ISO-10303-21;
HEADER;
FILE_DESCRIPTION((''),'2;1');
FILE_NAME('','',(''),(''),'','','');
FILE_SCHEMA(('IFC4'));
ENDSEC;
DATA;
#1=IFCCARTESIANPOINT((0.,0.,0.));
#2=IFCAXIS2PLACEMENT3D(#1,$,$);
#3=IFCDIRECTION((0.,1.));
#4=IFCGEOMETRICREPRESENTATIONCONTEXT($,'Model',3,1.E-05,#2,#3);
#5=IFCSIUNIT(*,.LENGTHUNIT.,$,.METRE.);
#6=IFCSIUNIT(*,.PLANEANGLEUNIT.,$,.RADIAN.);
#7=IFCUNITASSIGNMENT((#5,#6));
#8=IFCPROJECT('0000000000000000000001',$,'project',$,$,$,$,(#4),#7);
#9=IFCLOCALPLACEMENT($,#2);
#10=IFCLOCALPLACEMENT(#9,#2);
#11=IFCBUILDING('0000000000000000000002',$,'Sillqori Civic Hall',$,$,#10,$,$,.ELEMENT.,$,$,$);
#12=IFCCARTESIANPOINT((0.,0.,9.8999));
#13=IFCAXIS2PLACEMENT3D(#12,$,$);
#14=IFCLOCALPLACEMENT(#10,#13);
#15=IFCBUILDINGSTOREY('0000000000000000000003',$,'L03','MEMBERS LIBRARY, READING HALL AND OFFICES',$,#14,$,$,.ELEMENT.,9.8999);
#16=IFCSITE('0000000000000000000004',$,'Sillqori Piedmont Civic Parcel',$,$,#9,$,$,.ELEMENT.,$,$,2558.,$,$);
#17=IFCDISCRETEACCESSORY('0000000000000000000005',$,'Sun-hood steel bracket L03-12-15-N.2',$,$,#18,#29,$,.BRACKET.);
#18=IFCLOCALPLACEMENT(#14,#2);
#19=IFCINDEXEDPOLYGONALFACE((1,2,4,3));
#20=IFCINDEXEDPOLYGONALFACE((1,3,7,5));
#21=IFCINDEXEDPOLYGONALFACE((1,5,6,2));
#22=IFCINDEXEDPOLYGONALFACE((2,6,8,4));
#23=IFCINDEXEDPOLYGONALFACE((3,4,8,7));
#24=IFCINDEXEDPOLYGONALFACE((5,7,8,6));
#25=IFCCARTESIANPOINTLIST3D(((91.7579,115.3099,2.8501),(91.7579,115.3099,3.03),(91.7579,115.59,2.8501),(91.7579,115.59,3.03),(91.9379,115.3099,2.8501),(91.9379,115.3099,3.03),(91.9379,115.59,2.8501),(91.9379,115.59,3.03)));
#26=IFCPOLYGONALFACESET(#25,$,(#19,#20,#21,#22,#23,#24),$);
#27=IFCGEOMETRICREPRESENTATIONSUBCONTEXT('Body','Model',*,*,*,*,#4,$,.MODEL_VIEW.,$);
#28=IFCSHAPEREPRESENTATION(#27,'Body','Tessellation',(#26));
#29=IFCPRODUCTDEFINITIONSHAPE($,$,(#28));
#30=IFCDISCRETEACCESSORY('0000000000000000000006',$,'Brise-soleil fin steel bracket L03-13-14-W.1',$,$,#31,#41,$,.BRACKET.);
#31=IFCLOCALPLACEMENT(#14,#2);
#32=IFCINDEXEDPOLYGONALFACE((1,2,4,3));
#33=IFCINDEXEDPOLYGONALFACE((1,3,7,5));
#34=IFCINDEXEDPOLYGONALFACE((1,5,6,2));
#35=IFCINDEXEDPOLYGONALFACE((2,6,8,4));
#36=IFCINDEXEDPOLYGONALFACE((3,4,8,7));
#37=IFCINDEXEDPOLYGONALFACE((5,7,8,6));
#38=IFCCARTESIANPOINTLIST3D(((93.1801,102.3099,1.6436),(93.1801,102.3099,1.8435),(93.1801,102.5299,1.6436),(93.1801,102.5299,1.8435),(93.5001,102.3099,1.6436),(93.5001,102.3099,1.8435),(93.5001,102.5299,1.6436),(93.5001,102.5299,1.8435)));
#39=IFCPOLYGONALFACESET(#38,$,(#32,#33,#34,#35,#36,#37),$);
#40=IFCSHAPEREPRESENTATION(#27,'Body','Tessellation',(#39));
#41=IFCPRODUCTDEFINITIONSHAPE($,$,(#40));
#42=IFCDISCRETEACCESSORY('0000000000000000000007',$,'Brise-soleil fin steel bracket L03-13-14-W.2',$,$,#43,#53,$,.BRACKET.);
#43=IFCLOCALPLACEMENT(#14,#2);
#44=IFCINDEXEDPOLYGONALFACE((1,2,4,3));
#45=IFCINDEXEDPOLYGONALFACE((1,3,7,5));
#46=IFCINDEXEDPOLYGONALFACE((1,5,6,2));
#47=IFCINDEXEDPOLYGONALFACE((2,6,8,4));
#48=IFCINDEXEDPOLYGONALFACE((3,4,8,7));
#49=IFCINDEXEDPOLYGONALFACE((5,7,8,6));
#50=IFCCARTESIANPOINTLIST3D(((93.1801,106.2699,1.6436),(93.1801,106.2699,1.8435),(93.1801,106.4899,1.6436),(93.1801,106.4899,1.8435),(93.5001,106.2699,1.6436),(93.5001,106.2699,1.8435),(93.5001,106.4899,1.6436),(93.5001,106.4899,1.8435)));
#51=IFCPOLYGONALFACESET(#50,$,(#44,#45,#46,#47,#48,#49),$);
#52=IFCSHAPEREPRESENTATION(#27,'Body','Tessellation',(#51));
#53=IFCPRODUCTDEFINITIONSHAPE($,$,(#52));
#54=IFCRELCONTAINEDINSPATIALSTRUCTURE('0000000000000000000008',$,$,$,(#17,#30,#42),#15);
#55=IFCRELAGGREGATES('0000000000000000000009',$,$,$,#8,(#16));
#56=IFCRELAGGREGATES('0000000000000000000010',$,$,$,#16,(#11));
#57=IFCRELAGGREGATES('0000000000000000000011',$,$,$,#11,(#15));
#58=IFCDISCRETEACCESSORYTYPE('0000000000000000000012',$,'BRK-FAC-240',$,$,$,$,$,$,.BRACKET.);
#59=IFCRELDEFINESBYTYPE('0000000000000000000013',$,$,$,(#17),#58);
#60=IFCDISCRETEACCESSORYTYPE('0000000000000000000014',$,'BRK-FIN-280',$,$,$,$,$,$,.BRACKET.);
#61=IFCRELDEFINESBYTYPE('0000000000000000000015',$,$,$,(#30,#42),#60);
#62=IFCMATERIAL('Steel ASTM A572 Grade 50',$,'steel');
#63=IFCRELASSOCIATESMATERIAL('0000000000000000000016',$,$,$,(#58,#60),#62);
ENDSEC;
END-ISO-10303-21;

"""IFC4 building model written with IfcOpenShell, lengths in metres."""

from ifc_helpers import new_model, si_unit, direction, frame, origin, origin_2d, place, context, subcontext, project, spatial, rectangle, extrude, material, type_object, element, save


model = new_model("IFC4")

# Units and contexts
model_context = context("Model", 3, precision=1e-05, world=origin(), true_north=direction((0.0, 1.0)))
body_context = subcontext(model_context, "Body", "Model", "MODEL_VIEW")
ifc_project = project(units=[si_unit("LENGTHUNIT", "METRE"), si_unit("PLANEANGLEUNIT", "RADIAN")], contexts=[model_context])

# Site, building, storey
site_placement = place(None, origin())
site = spatial("IfcSite", under=ifc_project, at=site_placement, Name="Sillqori Piedmont Civic Parcel", CompositionType="ELEMENT", RefElevation=2558.0)
building_placement = place(site_placement, origin())
building = spatial("IfcBuilding", under=site, at=building_placement, Name="Sillqori Civic Hall", CompositionType="ELEMENT")
storey_placement = place(building_placement, frame((0.0, 0.0, 9.8999)))
storey = spatial("IfcBuildingStorey", under=building, at=storey_placement, Name="L03", Description="MEMBERS LIBRARY, READING HALL AND OFFICES", CompositionType="ELEMENT", Elevation=9.8999)

# Discrete accessories
ifc_material_1 = material(Name="Steel ASTM A572 Grade 50", Category="steel")
discrete_accessory_type_1 = type_object("IfcDiscreteAccessoryType", Name="BRK-FAC-240", PredefinedType="BRACKET", material=ifc_material_1)
discrete_accessory_placement = place(storey_placement, frame((91.8479, 115.45, 2.8501), z_axis=(0.0, 0.0, 1.0), x_axis=(1.0, 0.0, 0.0)))
element("IfcDiscreteAccessory", 1, at=discrete_accessory_placement, inside=storey, type_object=discrete_accessory_type_1, Name="Sun-hood steel bracket L03-12-15-N.2", PredefinedType="BRACKET", context=body_context, shape_type="SweptSolid", body=[
    extrude(rectangle(XDim=0.1799, YDim=0.28, at=origin_2d()), origin(), (0.0, 0.0, 1.0), 0.1799),
])
discrete_accessory_type_2 = type_object("IfcDiscreteAccessoryType", Name="BRK-FIN-280", PredefinedType="BRACKET", material=ifc_material_1)
for number, where, z_axis, x_axis, name in (
    (2, (93.3401, 102.4199, 1.6436), (0.0, 0.0, 1.0), (0.0, 1.0, 0.0), "Brise-soleil fin steel bracket L03-13-14-W.1"),
    (3, (93.3401, 106.3799, 1.6436), (0.0, 0.0, 1.0), (0.0, 1.0, 0.0), "Brise-soleil fin steel bracket L03-13-14-W.2"),
):
    element("IfcDiscreteAccessory", number, at=place(storey_placement, frame(where, z_axis=z_axis, x_axis=x_axis)), inside=storey, type_object=discrete_accessory_type_2, Name=name, PredefinedType="BRACKET", context=body_context, shape_type="SweptSolid", body=[
        extrude(rectangle(XDim=0.22, YDim=0.3201, at=origin_2d()), origin(), (0.0, 0.0, 1.0), 0.2),
    ])

save(model, "model.ifc")
